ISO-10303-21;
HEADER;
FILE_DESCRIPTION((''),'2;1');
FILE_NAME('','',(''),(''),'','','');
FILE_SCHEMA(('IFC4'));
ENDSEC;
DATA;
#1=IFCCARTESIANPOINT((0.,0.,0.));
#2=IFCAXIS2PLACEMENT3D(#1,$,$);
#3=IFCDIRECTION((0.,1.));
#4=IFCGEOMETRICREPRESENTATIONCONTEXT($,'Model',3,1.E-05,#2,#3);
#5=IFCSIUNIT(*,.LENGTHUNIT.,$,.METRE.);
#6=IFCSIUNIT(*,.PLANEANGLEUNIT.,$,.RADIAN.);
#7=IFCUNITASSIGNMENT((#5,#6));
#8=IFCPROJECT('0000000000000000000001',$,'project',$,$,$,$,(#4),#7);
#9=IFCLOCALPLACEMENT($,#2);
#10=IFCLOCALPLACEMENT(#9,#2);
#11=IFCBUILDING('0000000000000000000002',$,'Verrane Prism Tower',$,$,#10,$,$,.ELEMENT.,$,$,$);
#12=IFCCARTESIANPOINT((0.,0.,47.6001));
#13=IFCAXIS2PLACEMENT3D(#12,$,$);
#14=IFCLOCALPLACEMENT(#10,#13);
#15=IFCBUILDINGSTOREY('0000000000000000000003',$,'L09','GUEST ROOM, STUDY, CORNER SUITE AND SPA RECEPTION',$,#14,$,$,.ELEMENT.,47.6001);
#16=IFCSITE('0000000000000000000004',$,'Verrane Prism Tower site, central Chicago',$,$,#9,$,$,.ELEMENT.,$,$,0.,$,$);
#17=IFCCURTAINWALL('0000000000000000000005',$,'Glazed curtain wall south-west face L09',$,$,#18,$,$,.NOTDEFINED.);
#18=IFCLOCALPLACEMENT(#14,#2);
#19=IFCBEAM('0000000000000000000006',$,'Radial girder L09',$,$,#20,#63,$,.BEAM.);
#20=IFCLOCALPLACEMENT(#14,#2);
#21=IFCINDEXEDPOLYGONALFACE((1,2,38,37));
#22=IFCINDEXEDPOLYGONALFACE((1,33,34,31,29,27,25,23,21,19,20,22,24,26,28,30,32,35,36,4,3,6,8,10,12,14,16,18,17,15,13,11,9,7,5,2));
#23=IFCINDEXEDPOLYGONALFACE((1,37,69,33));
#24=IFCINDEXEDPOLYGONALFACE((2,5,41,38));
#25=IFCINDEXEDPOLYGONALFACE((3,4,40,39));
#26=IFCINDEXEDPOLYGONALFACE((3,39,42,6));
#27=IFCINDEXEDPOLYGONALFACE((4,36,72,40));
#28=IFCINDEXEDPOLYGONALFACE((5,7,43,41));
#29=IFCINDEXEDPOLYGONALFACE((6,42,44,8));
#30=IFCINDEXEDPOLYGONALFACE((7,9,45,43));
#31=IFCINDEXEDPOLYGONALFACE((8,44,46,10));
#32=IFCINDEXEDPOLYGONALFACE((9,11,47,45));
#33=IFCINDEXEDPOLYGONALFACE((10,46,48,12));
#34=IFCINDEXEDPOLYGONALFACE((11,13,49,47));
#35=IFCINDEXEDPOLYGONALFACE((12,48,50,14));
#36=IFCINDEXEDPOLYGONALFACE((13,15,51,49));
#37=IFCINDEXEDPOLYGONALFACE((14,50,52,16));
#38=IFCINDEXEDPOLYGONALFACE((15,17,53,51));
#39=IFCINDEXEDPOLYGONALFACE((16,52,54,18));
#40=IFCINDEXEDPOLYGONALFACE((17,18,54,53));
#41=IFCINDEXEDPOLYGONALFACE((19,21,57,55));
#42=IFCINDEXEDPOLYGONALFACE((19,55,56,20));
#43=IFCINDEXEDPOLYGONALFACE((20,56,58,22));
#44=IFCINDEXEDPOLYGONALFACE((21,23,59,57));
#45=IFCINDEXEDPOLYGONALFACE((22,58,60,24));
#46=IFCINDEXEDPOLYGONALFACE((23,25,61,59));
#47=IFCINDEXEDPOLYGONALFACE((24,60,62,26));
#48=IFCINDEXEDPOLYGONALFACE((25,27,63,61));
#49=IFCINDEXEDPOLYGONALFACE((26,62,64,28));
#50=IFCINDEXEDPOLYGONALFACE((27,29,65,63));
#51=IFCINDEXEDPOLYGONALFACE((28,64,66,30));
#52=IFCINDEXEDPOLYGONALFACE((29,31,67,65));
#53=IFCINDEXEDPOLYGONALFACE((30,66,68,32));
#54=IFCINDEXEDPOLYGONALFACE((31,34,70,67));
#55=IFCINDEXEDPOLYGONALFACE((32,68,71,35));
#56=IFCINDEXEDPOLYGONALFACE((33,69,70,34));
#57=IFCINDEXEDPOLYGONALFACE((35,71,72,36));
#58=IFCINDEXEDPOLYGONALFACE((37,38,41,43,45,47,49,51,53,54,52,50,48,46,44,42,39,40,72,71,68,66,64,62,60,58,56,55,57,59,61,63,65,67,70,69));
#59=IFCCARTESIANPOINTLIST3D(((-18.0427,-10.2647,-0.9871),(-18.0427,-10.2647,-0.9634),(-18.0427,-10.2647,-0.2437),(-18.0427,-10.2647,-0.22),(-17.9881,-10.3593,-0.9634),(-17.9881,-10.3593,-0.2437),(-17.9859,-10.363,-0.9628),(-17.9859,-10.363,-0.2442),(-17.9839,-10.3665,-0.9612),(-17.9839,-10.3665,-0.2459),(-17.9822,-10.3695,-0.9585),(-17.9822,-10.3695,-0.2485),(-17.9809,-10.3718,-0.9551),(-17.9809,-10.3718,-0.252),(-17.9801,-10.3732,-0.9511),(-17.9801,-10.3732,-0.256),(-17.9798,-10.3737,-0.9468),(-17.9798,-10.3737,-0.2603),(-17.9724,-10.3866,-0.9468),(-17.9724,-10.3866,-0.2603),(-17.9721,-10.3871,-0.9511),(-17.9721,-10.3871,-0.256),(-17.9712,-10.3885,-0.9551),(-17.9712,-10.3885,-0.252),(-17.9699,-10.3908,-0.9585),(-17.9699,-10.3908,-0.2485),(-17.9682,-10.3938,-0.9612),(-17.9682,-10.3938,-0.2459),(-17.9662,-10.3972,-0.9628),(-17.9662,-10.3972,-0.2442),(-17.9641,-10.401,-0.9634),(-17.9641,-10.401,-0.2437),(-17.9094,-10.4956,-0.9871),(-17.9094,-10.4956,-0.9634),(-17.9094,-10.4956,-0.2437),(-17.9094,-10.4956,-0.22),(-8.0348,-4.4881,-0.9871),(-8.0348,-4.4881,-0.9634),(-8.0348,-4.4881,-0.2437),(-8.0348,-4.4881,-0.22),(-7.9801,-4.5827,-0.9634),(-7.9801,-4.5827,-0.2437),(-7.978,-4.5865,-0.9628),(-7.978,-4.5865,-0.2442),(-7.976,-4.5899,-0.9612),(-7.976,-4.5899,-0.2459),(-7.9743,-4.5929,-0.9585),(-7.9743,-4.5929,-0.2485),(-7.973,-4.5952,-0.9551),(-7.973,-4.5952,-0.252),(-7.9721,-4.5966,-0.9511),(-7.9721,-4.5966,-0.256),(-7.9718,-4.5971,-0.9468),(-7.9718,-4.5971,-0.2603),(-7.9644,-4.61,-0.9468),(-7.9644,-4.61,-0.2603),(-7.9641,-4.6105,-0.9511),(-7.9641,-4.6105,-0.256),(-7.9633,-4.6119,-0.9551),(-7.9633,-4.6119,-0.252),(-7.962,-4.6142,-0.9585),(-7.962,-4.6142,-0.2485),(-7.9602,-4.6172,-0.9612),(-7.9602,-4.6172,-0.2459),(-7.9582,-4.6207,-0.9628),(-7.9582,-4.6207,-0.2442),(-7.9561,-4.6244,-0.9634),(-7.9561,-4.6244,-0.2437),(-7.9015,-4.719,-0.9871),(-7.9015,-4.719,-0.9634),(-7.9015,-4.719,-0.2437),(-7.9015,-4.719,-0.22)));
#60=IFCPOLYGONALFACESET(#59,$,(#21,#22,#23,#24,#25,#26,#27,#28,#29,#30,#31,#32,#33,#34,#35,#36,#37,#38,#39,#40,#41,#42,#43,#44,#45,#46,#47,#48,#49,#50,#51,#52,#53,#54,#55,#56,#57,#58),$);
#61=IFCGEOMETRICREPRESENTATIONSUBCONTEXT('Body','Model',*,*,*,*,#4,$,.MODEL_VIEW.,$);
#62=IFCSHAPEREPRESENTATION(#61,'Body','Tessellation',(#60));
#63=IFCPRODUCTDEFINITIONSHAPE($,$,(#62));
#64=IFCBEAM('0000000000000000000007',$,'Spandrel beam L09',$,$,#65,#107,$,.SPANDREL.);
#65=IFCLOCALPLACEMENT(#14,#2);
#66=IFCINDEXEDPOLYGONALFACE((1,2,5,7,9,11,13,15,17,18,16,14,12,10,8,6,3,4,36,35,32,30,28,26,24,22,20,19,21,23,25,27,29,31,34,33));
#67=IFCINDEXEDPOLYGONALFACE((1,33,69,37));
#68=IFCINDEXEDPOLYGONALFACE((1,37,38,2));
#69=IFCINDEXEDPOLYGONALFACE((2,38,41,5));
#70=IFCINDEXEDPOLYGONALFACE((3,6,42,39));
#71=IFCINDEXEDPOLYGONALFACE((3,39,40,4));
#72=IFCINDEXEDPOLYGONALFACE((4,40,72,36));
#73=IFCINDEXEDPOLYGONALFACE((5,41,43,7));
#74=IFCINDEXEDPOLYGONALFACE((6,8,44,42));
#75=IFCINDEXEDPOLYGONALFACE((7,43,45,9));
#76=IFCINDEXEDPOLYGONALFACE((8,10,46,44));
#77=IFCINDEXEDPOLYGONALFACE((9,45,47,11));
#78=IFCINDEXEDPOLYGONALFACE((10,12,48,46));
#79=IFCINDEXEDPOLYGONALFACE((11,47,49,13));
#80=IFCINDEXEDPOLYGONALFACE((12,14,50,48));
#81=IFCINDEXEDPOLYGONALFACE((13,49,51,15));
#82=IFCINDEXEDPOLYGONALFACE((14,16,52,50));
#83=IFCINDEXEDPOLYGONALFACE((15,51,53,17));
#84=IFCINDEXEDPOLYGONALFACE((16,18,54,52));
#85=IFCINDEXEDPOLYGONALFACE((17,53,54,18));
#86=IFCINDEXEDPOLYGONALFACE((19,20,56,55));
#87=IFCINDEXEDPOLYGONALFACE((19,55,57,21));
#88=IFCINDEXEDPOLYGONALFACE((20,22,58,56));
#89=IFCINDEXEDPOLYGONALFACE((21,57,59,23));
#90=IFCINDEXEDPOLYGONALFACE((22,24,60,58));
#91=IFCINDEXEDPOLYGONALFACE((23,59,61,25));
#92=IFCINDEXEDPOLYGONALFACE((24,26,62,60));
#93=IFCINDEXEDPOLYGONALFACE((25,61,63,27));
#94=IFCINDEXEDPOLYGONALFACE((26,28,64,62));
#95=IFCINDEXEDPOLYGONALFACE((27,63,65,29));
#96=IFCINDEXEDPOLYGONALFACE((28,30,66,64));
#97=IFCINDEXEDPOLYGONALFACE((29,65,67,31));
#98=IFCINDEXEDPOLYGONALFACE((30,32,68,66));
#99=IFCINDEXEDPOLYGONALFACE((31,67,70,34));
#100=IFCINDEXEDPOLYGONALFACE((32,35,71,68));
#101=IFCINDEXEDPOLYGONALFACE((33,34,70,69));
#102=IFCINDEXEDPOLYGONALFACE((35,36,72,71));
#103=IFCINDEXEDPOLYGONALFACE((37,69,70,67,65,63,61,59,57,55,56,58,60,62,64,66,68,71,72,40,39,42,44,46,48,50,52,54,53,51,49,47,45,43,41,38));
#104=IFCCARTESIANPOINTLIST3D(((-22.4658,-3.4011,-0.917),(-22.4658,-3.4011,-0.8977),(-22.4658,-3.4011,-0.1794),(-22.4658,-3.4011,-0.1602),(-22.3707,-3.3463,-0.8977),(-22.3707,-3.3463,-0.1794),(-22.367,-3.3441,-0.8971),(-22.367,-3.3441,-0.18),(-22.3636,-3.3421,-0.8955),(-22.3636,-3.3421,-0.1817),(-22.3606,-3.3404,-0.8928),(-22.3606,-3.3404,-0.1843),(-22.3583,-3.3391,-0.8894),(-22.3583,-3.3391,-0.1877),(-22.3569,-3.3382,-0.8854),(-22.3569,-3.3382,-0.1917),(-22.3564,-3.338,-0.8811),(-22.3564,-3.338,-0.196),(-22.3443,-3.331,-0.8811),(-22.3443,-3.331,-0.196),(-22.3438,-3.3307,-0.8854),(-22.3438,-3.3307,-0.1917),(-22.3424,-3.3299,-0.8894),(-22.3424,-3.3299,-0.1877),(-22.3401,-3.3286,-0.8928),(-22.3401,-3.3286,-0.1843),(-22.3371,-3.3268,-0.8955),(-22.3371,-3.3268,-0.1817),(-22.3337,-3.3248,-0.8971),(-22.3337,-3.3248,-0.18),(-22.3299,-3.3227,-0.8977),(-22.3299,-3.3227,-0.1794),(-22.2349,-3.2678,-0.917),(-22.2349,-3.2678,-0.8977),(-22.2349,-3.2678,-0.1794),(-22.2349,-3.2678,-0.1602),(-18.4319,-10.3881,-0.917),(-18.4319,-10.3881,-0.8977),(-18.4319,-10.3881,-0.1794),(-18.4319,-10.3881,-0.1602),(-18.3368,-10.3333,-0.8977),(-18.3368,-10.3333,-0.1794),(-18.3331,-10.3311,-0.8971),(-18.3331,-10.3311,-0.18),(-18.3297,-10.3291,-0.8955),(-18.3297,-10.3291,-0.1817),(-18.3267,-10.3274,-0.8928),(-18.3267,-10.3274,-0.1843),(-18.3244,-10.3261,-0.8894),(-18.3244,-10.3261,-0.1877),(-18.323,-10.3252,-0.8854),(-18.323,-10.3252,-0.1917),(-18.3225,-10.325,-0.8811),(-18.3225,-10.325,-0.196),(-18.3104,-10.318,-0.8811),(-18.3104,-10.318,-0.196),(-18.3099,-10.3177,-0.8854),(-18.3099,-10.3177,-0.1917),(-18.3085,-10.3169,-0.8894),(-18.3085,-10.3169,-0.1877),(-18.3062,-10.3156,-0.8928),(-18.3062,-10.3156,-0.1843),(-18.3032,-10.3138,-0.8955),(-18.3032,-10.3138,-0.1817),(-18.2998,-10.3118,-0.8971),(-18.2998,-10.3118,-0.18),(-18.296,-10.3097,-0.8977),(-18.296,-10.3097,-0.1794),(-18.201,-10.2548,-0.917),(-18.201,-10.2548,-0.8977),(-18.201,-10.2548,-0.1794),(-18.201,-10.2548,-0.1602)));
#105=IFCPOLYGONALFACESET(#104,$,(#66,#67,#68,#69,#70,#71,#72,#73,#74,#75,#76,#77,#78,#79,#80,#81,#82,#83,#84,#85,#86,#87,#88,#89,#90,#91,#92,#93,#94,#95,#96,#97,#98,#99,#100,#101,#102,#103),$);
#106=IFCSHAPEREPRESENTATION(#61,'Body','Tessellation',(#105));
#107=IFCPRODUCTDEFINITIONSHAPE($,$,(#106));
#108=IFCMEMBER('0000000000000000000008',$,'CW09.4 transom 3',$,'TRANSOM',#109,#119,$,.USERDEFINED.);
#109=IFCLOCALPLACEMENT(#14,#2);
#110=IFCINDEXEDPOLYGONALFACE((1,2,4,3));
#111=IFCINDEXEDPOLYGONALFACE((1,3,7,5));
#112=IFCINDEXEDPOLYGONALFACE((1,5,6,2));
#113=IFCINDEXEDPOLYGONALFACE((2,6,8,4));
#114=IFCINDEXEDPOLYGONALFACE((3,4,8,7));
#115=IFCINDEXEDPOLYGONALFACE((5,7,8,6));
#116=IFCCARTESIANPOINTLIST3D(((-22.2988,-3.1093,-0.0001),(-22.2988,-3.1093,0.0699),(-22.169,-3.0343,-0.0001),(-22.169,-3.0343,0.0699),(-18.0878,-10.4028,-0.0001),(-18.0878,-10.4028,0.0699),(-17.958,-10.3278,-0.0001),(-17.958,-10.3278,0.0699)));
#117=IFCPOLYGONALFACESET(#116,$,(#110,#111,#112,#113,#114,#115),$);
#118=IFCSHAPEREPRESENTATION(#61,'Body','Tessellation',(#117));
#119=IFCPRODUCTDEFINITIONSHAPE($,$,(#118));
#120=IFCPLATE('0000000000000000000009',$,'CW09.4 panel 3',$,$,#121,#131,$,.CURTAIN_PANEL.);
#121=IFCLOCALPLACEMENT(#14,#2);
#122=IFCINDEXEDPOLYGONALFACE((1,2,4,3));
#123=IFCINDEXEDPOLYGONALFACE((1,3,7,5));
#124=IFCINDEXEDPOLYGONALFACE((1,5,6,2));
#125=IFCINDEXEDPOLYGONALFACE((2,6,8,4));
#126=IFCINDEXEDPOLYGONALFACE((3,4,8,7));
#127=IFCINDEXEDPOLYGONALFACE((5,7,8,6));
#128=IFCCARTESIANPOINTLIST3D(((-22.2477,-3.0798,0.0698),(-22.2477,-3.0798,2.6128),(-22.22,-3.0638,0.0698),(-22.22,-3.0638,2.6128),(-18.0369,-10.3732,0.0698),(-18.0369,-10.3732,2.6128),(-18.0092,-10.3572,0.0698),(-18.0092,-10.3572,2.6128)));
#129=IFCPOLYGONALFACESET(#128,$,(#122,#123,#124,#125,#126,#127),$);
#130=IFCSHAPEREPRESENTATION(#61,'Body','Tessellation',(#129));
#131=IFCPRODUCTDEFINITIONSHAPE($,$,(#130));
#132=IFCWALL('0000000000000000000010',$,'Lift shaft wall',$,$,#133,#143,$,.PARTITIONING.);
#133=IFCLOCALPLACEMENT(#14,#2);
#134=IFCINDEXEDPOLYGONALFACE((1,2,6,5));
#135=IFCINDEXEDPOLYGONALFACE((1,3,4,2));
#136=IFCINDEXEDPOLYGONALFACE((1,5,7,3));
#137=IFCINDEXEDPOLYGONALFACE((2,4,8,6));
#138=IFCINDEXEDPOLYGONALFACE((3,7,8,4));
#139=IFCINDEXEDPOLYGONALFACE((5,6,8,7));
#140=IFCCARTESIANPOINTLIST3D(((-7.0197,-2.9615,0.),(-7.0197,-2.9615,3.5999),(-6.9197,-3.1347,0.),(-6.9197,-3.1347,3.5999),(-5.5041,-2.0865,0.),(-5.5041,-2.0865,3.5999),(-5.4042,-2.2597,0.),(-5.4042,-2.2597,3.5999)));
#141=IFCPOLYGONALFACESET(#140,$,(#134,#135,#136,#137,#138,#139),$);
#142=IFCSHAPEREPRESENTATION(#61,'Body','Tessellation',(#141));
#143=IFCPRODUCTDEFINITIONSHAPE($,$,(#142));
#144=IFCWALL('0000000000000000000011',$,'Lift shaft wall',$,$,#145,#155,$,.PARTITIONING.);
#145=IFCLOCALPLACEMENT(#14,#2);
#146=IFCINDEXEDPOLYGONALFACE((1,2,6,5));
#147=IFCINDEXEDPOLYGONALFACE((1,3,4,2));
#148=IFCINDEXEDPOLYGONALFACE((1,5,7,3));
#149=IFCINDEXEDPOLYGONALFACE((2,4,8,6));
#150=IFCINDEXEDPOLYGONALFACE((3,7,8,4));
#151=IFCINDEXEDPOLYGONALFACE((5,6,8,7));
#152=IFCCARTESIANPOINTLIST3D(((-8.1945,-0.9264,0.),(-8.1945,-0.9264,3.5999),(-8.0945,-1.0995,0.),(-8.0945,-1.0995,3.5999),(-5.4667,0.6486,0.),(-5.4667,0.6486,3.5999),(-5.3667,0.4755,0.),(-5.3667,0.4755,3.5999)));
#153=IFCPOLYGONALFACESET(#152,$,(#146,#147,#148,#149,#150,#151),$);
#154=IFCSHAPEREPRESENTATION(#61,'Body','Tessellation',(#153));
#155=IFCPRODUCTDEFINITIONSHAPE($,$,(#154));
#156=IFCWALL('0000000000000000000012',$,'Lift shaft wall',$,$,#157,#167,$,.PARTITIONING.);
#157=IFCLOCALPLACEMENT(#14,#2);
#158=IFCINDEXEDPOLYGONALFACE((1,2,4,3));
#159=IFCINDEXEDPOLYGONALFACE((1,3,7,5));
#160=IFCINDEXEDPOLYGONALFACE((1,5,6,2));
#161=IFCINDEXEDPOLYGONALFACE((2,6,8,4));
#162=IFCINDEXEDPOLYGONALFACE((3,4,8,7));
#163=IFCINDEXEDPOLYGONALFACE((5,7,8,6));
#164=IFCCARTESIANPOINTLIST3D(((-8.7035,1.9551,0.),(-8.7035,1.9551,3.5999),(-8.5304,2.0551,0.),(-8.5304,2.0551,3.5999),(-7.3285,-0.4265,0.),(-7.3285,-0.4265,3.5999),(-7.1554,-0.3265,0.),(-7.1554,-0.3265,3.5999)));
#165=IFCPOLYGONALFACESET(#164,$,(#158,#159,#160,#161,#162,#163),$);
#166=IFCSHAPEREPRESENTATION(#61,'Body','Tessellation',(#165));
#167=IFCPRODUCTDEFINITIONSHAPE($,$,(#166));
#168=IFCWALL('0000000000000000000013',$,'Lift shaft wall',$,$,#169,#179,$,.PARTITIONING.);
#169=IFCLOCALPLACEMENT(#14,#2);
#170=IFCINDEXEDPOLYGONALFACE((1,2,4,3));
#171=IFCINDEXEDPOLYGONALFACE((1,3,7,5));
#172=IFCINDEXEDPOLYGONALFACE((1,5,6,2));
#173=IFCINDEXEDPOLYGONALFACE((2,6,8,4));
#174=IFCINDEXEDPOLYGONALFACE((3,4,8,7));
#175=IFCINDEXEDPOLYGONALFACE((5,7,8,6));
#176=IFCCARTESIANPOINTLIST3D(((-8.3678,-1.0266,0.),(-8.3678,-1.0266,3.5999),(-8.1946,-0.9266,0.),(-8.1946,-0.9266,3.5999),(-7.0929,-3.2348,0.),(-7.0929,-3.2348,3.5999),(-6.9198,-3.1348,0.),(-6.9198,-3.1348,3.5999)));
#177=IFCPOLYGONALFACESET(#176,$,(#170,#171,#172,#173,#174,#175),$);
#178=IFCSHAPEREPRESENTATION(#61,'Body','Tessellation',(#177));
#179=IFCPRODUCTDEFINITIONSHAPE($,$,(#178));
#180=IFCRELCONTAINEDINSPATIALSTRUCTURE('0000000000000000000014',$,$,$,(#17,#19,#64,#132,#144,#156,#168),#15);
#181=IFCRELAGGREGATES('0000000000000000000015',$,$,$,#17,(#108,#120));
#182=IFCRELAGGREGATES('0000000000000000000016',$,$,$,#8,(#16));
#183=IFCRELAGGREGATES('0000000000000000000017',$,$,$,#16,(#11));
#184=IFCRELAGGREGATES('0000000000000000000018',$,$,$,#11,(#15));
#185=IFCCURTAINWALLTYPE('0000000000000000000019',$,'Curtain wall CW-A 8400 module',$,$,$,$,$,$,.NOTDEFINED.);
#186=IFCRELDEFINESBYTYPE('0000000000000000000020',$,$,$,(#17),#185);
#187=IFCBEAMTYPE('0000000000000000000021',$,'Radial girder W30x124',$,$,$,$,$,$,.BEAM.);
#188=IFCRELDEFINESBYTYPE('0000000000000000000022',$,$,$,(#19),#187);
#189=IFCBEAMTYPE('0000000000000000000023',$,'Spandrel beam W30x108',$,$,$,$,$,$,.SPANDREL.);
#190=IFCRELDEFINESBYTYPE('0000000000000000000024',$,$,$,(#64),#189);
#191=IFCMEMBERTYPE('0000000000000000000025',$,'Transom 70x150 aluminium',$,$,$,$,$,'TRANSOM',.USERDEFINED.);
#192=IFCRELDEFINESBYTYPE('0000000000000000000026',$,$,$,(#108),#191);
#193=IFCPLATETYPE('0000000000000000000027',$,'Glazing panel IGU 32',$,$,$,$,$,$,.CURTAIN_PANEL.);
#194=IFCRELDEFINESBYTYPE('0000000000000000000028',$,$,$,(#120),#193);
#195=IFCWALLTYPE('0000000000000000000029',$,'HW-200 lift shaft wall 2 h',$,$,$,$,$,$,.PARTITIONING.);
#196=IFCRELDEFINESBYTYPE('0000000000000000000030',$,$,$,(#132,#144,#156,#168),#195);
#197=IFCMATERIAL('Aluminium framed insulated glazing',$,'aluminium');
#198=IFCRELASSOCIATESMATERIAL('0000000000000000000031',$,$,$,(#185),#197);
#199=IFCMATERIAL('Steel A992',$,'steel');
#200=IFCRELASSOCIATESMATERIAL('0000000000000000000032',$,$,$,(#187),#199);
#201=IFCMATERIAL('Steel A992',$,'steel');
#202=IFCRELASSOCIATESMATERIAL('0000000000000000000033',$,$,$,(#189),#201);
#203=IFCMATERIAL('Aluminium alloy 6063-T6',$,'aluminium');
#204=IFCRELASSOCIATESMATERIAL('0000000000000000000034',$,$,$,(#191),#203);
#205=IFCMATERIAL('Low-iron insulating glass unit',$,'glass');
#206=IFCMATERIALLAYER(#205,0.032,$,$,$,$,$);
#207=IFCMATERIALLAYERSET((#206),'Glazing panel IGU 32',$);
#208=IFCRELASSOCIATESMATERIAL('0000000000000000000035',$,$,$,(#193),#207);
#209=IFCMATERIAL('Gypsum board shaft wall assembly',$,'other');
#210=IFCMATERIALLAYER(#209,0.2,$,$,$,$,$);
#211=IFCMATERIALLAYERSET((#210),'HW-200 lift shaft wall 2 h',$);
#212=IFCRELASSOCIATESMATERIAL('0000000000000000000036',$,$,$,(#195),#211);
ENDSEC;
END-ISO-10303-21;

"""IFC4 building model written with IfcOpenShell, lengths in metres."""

from ifc_helpers import new_model, si_unit, direction, frame, frame_2d, origin, origin_2d, place, context, subcontext, project, spatial, rectangle, i_section, extrude, material, layer, layer_set, material_profile, profile_set, type_object, element, aggregate, save


model = new_model("IFC4")

# Units and contexts
model_context = context("Model", 3, precision=1e-05, world=origin(), true_north=direction((0.0, 1.0)))
body_context = subcontext(model_context, "Body", "Model", "MODEL_VIEW")
ifc_project = project(units=[si_unit("LENGTHUNIT", "METRE"), si_unit("PLANEANGLEUNIT", "RADIAN")], contexts=[model_context])

# Site, building, storey
site_placement = place(None, origin())
site = spatial("IfcSite", under=ifc_project, at=site_placement, Name="Verrane Prism Tower site, central Chicago", CompositionType="ELEMENT", RefElevation=0.0)
building_placement = place(site_placement, origin())
building = spatial("IfcBuilding", under=site, at=building_placement, Name="Verrane Prism Tower", CompositionType="ELEMENT")
storey_placement = place(building_placement, frame((0.0, 0.0, 47.6001)))
storey = spatial("IfcBuildingStorey", under=building, at=storey_placement, Name="L09", Description="GUEST ROOM, STUDY, CORNER SUITE AND SPA RECEPTION", CompositionType="ELEMENT", Elevation=47.6001)

# Curtain wall
ifc_material_1 = material(Name="Aluminium framed insulated glazing", Category="aluminium")
curtain_wall_type = type_object("IfcCurtainWallType", Name="Curtain wall CW-A 8400 module", PredefinedType="NOTDEFINED", material=ifc_material_1)
curtain_wall_placement = place(storey_placement, origin())
curtain_wall = element("IfcCurtainWall", 1, at=curtain_wall_placement, inside=storey, type_object=curtain_wall_type, Name="Glazed curtain wall south-west face L09", PredefinedType="NOTDEFINED")

# Beams
ifc_material_2 = material(Name="Steel A992", Category="steel")
ifc_material_profile_1 = material_profile(ifc_material_2, i_section(OverallWidth=0.2666, OverallDepth=0.7671, WebThickness=0.0149, FlangeThickness=0.0237, FilletRadius=0.0166, at=origin_2d()), Name="W30x124")
ifc_profile_set_1 = profile_set([ifc_material_profile_1], Name="Steel A992")
beam_type_1 = type_object("IfcBeamType", Name="Radial girder W30x124", PredefinedType="BEAM", material=ifc_profile_set_1)
beam_1_placement = place(storey_placement, frame((-17.9761, -10.3801, -0.6035), z_axis=(0.866083, 0.4999, 0.0), x_axis=(-0.4999, 0.866083, 0.0)))
element("IfcBeam", 2, at=beam_1_placement, inside=storey, type_object=beam_type_1, Name="Radial girder L09", PredefinedType="BEAM", context=body_context, shape_type="SweptSolid", body=[
    extrude(i_section(OverallWidth=0.2666, OverallDepth=0.7671, WebThickness=0.0149, FlangeThickness=0.0237, FilletRadius=0.0166, at=origin_2d()), origin(), (0.0, 0.0, 1.0), 11.5554),
])
ifc_material_3 = material(Name="Steel A992", Category="steel")
ifc_material_profile_2 = material_profile(ifc_material_3, i_section(OverallWidth=0.2666, OverallDepth=0.7568, WebThickness=0.0139, FlangeThickness=0.0193, FilletRadius=0.0166, at=origin_2d()), Name="W30x108")
ifc_profile_set_2 = profile_set([ifc_material_profile_2], Name="Steel A992")
beam_type_2 = type_object("IfcBeamType", Name="Spandrel beam W30x108", PredefinedType="SPANDREL", material=ifc_profile_set_2)
beam_2_placement = place(storey_placement, frame((-22.3503, -3.3345, -0.5386), z_axis=(0.499996, -0.866028, 0.0), x_axis=(0.866028, 0.499996, 0.0)))
element("IfcBeam", 3, at=beam_2_placement, inside=storey, type_object=beam_type_2, Name="Spandrel beam L09", PredefinedType="SPANDREL", context=body_context, shape_type="SweptSolid", body=[
    extrude(i_section(OverallWidth=0.2666, OverallDepth=0.7568, WebThickness=0.0139, FlangeThickness=0.0193, FilletRadius=0.0166, at=origin_2d()), origin(), (0.0, 0.0, 1.0), 8.0679),
])

# Member
ifc_material_4 = material(Name="Aluminium alloy 6063-T6", Category="aluminium")
ifc_material_profile_3 = material_profile(ifc_material_4, rectangle(XDim=0.1499, YDim=0.0701, at=origin_2d()), Name="Transom 70x150 aluminium")
ifc_profile_set_3 = profile_set([ifc_material_profile_3], Name="Aluminium alloy 6063-T6")
member_type_1 = type_object("IfcMemberType", Name="Transom 70x150 aluminium", ElementType="TRANSOM", PredefinedType="USERDEFINED", material=ifc_profile_set_3)
member_1_placement = place(storey_placement, frame((-22.2339, -3.0718, 0.0349), z_axis=(0.500005, -0.866022, 0.0), x_axis=(0.866022, 0.500005, 0.0)))
member_1 = element("IfcMember", 4, at=member_1_placement, type_object=member_type_1, Name="CW09.4 transom 3", ObjectType="TRANSOM", PredefinedType="USERDEFINED", context=body_context, shape_type="SweptSolid", body=[
    extrude(rectangle(XDim=0.1499, YDim=0.0701, at=origin_2d()), origin(), (0.0, 0.0, 1.0), 8.4219),
])

# Plate
ifc_material_5 = material(Name="Low-iron insulating glass unit", Category="glass")
ifc_layer_1 = layer(ifc_material_5, 0.032)
ifc_layer_set_1 = layer_set([ifc_layer_1], Name="Glazing panel IGU 32")
plate_type = type_object("IfcPlateType", Name="Glazing panel IGU 32", PredefinedType="CURTAIN_PANEL", material=ifc_layer_set_1)
plate_placement = place(storey_placement, frame((-20.1284, -6.7185, 0.0698), z_axis=(0.0, 0.0, 1.0), x_axis=(0.499999, -0.866026, 0.0)))
plate = element("IfcPlate", 5, at=plate_placement, type_object=plate_type, Name="CW09.4 panel 3", PredefinedType="CURTAIN_PANEL", context=body_context, shape_type="SweptSolid", body=[
    extrude(rectangle(XDim=8.4216, YDim=0.032, at=origin_2d()), origin(), (0.0, 0.0, 1.0), 2.543),
])
aggregate(curtain_wall, [member_1, plate])

# Walls
ifc_material_6 = material(Name="Gypsum board shaft wall assembly", Category="other")
ifc_layer_2 = layer(ifc_material_6, 0.2)
ifc_layer_set_2 = layer_set([ifc_layer_2], Name="HW-200 lift shaft wall 2 h")
wall_type_1 = type_object("IfcWallType", Name="HW-200 lift shaft wall 2 h", PredefinedType="PARTITIONING", material=ifc_layer_set_2)
wall_1_placement = place(storey_placement, frame((-6.9697, -3.0481, 0.0), z_axis=(0.0, 0.0, 1.0), x_axis=(0.866037, 0.49998, 0.0)))
element("IfcWall", 6, at=wall_1_placement, inside=storey, type_object=wall_type_1, Name="Lift shaft wall", PredefinedType="PARTITIONING", context=body_context, shape_type="SweptSolid", body=[
    extrude(rectangle(XDim=1.75, YDim=0.2, at=frame_2d((0.875, 0.0))), origin(), (0.0, 0.0, 1.0), 3.5999),
])
wall_2_placement = place(storey_placement, frame((-8.1445, -1.0129, 0.0), z_axis=(0.0, 0.0, 1.0), x_axis=(0.866016, 0.500015, 0.0)))
element("IfcWall", 7, at=wall_2_placement, inside=storey, type_object=wall_type_1, Name="Lift shaft wall", PredefinedType="PARTITIONING", context=body_context, shape_type="SweptSolid", body=[
    extrude(rectangle(XDim=3.1499, YDim=0.2, at=frame_2d((1.575, 0.0))), origin(), (0.0, 0.0, 1.0), 3.5999),
])
wall_3_placement = place(storey_placement, frame((-7.2419, -0.3765, 0.0), z_axis=(0.0, 0.0, 1.0), x_axis=(-0.499997, 0.866027, 0.0)))
element("IfcWall", 8, at=wall_3_placement, inside=storey, type_object=wall_type_1, Name="Lift shaft wall", PredefinedType="PARTITIONING", context=body_context, shape_type="SweptSolid", body=[
    extrude(rectangle(XDim=2.75, YDim=0.2, at=frame_2d((1.375, 0.0))), origin(), (0.0, 0.0, 1.0), 3.5999),
])
wall_4_placement = place(storey_placement, frame((-7.0063, -3.1848, 0.0), z_axis=(0.0, 0.0, 1.0), x_axis=(-0.49999, 0.866031, 0.0)))
element("IfcWall", 9, at=wall_4_placement, inside=storey, type_object=wall_type_1, Name="Lift shaft wall", PredefinedType="PARTITIONING", context=body_context, shape_type="SweptSolid", body=[
    extrude(rectangle(XDim=2.5498, YDim=0.2, at=frame_2d((1.2749, 0.0))), origin(), (0.0, 0.0, 1.0), 3.5999),
])

save(model, "model.ifc")
